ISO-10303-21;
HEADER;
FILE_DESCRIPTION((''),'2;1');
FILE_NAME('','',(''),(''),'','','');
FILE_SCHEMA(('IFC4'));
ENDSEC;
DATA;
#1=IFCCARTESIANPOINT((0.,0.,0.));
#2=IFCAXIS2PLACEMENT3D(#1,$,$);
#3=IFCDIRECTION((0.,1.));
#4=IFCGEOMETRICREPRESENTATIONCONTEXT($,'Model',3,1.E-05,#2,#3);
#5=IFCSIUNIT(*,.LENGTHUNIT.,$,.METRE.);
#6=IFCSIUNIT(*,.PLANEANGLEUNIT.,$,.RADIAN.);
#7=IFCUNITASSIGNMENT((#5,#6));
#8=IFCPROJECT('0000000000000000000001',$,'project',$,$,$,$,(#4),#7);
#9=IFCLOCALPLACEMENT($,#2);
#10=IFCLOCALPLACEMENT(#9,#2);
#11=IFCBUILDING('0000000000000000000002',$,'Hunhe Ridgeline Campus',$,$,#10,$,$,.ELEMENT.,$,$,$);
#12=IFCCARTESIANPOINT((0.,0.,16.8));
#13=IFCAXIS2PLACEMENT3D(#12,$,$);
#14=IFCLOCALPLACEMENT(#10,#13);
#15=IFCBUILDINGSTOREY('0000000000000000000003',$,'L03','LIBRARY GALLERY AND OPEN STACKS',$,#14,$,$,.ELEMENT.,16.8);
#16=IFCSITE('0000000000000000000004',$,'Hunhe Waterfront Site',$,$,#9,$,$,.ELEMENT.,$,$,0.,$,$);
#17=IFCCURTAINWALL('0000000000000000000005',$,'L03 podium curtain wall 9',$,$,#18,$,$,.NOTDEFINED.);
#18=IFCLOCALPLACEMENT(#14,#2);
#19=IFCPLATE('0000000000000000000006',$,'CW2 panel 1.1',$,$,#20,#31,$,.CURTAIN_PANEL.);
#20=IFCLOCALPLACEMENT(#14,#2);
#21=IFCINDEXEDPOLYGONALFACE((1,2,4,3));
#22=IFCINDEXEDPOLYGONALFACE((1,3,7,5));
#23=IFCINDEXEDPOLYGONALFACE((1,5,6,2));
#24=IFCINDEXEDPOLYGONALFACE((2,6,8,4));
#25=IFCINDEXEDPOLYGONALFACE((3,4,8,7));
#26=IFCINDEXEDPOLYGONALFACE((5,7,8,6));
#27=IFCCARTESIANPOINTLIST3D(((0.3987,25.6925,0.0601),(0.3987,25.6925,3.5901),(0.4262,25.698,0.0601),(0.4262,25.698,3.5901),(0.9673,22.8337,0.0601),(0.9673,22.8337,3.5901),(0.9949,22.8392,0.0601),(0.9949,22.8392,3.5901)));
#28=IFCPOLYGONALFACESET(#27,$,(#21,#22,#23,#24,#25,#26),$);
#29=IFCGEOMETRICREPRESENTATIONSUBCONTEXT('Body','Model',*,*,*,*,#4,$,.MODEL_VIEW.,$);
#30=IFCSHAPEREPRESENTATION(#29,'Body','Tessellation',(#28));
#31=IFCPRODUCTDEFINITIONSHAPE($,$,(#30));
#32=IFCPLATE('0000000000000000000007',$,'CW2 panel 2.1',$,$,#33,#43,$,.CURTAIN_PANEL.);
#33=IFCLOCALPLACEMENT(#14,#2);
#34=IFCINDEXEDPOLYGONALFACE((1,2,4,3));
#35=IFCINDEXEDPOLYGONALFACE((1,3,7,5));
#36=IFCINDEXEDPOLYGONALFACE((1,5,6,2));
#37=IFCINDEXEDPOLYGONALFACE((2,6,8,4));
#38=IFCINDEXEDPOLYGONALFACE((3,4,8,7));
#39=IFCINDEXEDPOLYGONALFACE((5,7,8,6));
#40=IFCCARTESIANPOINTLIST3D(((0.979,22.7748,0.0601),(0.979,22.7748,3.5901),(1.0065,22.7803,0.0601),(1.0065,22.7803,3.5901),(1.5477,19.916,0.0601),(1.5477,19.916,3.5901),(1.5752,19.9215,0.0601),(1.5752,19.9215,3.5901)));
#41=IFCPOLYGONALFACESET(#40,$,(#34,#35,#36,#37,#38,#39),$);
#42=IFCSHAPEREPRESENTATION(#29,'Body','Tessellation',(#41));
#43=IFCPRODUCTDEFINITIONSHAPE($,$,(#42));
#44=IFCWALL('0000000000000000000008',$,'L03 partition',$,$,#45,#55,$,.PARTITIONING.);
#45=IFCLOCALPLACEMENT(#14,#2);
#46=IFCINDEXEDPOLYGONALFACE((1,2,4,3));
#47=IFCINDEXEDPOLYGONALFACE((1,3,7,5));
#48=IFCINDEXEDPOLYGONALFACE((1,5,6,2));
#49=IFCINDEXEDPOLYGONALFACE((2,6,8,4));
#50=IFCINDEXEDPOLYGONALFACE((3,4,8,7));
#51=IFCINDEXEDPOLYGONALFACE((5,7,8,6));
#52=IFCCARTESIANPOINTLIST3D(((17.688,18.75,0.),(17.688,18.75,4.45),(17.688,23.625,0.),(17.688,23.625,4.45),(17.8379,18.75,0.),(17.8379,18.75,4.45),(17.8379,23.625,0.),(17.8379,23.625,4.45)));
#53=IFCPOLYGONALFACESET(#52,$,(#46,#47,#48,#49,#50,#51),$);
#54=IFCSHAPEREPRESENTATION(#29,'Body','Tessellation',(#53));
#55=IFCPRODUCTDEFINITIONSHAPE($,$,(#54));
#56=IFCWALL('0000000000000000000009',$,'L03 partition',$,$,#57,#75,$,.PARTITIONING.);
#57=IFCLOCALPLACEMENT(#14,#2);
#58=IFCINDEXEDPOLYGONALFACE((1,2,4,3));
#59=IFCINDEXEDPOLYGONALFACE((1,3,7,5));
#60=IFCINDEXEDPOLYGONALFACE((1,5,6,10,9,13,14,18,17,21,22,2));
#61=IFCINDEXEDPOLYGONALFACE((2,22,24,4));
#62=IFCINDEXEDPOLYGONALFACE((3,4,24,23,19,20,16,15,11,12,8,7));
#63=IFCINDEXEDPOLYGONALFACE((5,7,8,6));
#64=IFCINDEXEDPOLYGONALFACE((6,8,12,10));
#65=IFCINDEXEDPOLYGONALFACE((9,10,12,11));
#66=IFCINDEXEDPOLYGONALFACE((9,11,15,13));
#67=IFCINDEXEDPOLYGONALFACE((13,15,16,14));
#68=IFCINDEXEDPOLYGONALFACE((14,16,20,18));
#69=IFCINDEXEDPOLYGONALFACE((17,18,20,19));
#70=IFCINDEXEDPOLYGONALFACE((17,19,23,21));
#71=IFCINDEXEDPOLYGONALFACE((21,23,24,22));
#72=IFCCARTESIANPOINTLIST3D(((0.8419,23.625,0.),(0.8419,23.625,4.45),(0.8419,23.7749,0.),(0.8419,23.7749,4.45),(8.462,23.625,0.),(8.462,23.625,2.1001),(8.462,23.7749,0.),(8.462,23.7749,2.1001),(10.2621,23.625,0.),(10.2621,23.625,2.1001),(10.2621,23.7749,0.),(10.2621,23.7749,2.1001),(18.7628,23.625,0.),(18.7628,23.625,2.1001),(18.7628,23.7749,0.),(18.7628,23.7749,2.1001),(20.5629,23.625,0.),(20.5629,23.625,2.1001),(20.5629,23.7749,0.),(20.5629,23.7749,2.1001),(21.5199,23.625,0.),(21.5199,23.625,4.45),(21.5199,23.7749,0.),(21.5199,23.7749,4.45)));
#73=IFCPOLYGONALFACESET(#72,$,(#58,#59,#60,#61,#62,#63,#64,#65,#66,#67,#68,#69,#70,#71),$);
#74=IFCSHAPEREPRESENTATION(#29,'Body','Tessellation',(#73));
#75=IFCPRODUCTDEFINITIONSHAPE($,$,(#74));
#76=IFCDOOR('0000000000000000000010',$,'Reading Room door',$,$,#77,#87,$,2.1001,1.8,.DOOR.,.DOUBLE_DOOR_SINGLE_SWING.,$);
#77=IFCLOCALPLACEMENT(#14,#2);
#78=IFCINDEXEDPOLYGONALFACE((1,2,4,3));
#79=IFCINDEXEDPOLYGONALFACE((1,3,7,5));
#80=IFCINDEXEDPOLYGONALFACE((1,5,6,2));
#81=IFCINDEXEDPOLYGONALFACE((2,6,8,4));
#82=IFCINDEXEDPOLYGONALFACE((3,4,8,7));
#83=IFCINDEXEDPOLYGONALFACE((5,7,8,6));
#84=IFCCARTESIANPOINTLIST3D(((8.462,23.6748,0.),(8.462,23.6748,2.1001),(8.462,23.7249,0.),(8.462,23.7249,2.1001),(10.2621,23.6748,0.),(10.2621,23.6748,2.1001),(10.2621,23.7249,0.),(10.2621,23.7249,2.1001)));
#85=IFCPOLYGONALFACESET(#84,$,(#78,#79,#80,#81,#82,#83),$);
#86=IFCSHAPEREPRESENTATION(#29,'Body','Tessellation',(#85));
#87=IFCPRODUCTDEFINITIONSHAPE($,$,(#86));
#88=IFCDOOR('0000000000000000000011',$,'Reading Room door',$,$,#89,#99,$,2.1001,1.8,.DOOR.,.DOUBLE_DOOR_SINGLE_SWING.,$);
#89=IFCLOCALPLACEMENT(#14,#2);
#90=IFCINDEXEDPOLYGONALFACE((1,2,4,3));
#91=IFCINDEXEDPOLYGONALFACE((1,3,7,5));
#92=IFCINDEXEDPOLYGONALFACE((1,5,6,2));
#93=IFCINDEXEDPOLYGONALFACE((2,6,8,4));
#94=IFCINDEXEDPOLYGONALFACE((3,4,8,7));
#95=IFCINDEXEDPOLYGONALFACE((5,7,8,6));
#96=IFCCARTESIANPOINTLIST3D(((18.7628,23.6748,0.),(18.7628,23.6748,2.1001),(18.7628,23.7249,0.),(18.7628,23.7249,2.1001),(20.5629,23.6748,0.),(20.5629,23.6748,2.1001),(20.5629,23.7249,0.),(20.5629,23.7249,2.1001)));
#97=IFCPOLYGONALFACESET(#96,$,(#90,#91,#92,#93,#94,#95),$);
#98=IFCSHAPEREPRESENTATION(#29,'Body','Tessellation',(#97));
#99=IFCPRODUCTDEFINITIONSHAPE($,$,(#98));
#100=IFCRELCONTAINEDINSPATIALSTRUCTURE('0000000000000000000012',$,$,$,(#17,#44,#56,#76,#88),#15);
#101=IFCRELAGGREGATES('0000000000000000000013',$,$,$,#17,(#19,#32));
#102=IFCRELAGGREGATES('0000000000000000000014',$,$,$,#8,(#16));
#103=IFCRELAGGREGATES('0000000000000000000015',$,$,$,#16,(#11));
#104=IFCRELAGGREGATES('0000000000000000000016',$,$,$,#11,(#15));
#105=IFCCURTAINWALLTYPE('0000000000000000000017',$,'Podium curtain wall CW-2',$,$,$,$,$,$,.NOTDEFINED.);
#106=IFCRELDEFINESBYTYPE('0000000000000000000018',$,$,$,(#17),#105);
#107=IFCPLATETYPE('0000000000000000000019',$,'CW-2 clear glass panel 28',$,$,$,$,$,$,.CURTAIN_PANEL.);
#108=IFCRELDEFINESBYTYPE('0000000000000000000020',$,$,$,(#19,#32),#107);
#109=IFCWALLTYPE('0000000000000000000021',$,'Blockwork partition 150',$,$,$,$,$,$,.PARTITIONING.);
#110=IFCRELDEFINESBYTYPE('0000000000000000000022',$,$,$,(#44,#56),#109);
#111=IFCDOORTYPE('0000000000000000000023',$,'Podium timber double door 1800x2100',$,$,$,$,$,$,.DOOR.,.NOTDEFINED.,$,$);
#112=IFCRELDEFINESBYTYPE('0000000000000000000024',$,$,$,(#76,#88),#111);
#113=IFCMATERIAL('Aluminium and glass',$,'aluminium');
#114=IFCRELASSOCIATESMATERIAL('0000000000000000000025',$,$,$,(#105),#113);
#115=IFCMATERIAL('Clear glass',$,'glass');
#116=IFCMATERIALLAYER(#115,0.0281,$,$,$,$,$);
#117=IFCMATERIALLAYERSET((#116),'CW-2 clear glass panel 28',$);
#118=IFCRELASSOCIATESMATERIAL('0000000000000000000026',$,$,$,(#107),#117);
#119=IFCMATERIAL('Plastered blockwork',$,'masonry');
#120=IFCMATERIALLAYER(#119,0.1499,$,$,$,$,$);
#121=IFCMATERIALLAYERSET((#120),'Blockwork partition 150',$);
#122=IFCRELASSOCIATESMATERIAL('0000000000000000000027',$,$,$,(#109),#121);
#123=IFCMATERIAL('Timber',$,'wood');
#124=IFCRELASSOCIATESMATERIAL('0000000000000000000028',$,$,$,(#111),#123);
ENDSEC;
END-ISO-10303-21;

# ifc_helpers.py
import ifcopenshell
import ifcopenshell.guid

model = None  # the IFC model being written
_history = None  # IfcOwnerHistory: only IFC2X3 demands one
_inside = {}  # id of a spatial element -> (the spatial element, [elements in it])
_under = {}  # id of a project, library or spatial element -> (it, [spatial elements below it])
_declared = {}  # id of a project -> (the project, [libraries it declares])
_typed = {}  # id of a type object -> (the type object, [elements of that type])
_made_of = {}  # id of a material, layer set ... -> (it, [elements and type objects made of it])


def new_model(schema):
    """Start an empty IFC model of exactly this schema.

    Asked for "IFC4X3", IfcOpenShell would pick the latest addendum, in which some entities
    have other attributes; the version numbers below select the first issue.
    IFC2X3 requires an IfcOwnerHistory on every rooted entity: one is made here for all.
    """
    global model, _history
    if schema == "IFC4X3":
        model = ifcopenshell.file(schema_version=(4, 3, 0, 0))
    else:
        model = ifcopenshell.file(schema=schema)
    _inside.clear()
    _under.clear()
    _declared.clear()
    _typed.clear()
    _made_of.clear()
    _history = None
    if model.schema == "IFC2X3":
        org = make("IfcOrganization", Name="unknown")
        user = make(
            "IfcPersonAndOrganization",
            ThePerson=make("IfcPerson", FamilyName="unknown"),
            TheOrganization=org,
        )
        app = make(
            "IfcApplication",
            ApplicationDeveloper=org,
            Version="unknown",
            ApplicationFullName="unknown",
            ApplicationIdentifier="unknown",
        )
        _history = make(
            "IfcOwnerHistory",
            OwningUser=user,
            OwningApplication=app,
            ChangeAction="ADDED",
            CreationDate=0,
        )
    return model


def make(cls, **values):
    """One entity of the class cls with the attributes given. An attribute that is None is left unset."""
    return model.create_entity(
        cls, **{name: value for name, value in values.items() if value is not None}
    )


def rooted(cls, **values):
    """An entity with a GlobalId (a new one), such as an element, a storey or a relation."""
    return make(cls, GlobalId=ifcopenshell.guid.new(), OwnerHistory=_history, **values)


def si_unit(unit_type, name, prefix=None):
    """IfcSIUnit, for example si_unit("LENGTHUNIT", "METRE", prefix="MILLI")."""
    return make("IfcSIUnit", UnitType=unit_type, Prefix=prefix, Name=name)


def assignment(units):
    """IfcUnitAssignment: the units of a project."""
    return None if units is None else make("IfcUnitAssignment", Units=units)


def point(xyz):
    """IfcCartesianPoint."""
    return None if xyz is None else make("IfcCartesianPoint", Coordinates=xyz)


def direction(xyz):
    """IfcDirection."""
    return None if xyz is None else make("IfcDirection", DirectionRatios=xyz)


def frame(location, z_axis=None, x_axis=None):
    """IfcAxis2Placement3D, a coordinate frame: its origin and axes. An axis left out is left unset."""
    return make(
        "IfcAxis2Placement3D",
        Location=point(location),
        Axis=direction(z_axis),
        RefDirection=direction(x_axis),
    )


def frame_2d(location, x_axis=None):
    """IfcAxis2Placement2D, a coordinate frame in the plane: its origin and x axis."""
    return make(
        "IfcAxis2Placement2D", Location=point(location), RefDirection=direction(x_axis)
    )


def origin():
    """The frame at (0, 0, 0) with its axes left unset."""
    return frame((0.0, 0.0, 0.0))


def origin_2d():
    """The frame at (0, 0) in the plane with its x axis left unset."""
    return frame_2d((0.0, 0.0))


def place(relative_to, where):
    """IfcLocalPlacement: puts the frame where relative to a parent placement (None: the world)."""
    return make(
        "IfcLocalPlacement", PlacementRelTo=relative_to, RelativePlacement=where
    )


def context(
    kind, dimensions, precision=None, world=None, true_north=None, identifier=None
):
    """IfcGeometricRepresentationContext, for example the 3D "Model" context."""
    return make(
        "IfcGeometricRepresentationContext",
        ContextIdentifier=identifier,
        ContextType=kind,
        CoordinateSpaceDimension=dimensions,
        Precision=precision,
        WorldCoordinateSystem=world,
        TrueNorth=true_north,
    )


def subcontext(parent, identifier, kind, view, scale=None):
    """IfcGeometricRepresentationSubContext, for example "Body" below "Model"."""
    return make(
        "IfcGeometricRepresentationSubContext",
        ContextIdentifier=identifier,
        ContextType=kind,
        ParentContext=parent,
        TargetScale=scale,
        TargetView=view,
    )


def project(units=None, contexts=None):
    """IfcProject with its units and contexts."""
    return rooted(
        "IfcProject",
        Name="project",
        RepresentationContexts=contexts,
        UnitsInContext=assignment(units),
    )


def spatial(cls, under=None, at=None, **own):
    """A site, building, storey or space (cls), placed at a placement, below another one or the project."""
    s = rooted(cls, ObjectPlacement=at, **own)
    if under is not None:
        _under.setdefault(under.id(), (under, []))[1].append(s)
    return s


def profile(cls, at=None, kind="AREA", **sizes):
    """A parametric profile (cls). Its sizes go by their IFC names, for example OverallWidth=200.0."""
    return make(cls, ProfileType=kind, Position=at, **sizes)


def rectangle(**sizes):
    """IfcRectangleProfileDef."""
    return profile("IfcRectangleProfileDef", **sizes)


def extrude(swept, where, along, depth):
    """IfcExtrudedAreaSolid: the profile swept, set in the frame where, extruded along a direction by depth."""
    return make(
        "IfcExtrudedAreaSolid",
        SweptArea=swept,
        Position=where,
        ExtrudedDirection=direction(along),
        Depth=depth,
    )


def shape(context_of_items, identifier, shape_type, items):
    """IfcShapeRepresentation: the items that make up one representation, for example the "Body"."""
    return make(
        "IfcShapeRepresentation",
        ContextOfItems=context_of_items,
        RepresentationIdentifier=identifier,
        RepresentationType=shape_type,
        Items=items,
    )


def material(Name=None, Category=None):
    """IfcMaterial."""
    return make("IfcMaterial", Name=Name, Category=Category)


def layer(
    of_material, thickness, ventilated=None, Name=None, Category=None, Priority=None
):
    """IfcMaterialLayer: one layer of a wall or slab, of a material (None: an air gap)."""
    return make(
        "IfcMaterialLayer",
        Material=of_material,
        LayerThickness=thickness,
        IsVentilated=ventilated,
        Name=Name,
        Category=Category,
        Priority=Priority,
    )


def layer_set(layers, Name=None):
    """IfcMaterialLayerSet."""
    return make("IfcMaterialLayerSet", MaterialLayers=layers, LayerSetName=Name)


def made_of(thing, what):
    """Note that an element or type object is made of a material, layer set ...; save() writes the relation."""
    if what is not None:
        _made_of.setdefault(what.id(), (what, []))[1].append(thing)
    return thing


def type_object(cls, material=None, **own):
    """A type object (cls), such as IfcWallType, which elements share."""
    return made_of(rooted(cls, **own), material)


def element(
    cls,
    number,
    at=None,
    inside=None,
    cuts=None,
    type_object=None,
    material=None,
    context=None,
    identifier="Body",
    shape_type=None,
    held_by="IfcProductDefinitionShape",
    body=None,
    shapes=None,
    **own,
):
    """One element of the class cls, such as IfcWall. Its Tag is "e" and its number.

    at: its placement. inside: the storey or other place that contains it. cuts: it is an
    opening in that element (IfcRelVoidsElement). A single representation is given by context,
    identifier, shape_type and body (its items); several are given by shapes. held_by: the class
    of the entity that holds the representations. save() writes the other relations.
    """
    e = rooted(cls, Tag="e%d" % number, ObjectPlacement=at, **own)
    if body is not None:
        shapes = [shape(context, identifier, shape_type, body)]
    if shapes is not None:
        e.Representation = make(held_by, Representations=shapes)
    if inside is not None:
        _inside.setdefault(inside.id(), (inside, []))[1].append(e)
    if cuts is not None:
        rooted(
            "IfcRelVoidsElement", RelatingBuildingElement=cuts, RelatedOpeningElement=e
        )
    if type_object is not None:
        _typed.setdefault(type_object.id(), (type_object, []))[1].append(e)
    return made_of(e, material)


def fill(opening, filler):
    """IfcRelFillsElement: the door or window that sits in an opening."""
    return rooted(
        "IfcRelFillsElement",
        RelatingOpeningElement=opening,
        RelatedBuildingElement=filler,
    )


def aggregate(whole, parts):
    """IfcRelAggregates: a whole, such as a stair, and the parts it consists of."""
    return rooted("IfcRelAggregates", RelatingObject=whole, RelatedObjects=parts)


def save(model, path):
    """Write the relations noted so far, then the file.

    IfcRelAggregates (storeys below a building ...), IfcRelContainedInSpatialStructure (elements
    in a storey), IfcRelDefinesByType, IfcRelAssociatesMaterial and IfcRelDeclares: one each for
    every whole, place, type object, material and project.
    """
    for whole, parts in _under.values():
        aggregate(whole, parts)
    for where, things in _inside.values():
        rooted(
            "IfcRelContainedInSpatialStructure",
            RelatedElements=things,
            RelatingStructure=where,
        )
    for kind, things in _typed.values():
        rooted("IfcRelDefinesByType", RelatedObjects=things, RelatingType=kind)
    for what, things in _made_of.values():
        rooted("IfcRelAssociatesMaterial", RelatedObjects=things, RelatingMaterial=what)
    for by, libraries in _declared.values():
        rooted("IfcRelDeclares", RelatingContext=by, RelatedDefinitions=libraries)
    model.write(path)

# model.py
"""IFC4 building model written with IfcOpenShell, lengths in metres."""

from ifc_helpers import new_model, si_unit, direction, frame, frame_2d, origin, origin_2d, place, context, subcontext, project, spatial, rectangle, extrude, material, layer, layer_set, type_object, element, fill, aggregate, save


model = new_model("IFC4")

# Units and contexts
model_context = context("Model", 3, precision=1e-05, world=origin(), true_north=direction((0.0, 1.0)))
body_context = subcontext(model_context, "Body", "Model", "MODEL_VIEW")
ifc_project = project(units=[si_unit("LENGTHUNIT", "METRE"), si_unit("PLANEANGLEUNIT", "RADIAN")], contexts=[model_context])

# Site, building, storey
site_placement = place(None, origin())
site = spatial("IfcSite", under=ifc_project, at=site_placement, Name="Hunhe Waterfront Site", CompositionType="ELEMENT", RefElevation=0.0)
building_placement = place(site_placement, origin())
building = spatial("IfcBuilding", under=site, at=building_placement, Name="Hunhe Ridgeline Campus", CompositionType="ELEMENT")
storey_placement = place(building_placement, frame((0.0, 0.0, 16.8)))
storey = spatial("IfcBuildingStorey", under=building, at=storey_placement, Name="L03", Description="LIBRARY GALLERY AND OPEN STACKS", CompositionType="ELEMENT", Elevation=16.8)

# Curtain wall
ifc_material_1 = material(Name="Aluminium and glass", Category="aluminium")
curtain_wall_type = type_object("IfcCurtainWallType", Name="Podium curtain wall CW-2", PredefinedType="NOTDEFINED", material=ifc_material_1)
curtain_wall_1_placement = place(storey_placement, origin())
curtain_wall_1 = element("IfcCurtainWall", 1, at=curtain_wall_1_placement, inside=storey, type_object=curtain_wall_type, Name="L03 podium curtain wall 9", PredefinedType="NOTDEFINED")

# Plates
ifc_material_2 = material(Name="Clear glass", Category="glass")
ifc_layer_1 = layer(ifc_material_2, 0.0281)
ifc_layer_set_1 = layer_set([ifc_layer_1], Name="CW-2 clear glass panel 28")
plate_type = type_object("IfcPlateType", Name="CW-2 clear glass panel 28", PredefinedType="CURTAIN_PANEL", material=ifc_layer_set_1)
plate_1_placement = place(storey_placement, frame((0.6968, 24.2659, 0.0601), z_axis=(0.0, 0.0, 1.0), x_axis=(0.195098, -0.980784, 0.0)))
plate_1 = element("IfcPlate", 2, at=plate_1_placement, type_object=plate_type, Name="CW2 panel 1.1", PredefinedType="CURTAIN_PANEL", context=body_context, shape_type="SweptSolid", body=[
    extrude(rectangle(XDim=2.9148, YDim=0.0281, at=origin_2d()), origin(), (0.0, 0.0, 1.0), 3.53),
])
plate_2_placement = place(storey_placement, frame((1.2771, 21.3481, 0.0601), z_axis=(0.0, 0.0, 1.0), x_axis=(0.195098, -0.980784, 0.0)))
plate_2 = element("IfcPlate", 3, at=plate_2_placement, type_object=plate_type, Name="CW2 panel 2.1", PredefinedType="CURTAIN_PANEL", context=body_context, shape_type="SweptSolid", body=[
    extrude(rectangle(XDim=2.9148, YDim=0.0281, at=origin_2d()), origin(), (0.0, 0.0, 1.0), 3.53),
])
aggregate(curtain_wall_1, [plate_1, plate_2])

# Wall
ifc_material_3 = material(Name="Plastered blockwork", Category="masonry")
ifc_layer_2 = layer(ifc_material_3, 0.1499)
ifc_layer_set_2 = layer_set([ifc_layer_2], Name="Blockwork partition 150")
wall_type = type_object("IfcWallType", Name="Blockwork partition 150", PredefinedType="PARTITIONING", material=ifc_layer_set_2)
wall_1_placement = place(storey_placement, frame((17.7629, 18.75, 0.0), z_axis=(0.0, 0.0, 1.0), x_axis=(0.0, 1.0, 0.0)))
element("IfcWall", 4, at=wall_1_placement, inside=storey, type_object=wall_type, Name="L03 partition", PredefinedType="PARTITIONING", context=body_context, shape_type="SweptSolid", body=[
    extrude(rectangle(XDim=4.875, YDim=0.1499, at=frame_2d((2.4375, 0.0))), origin(), (0.0, 0.0, 1.0), 4.45),
])

# Wall, openings, doors
wall_2_placement = place(storey_placement, frame((0.842, 23.7, 0.0), z_axis=(0.0, 0.0, 1.0), x_axis=(1.0, 0.0, 0.0)))
wall_2 = element("IfcWall", 5, at=wall_2_placement, inside=storey, type_object=wall_type, Name="L03 partition", PredefinedType="PARTITIONING", context=body_context, shape_type="SweptSolid", body=[
    extrude(rectangle(XDim=20.678, YDim=0.1499, at=frame_2d((10.3389, 0.0))), origin(), (0.0, 0.0, 1.0), 4.45),
])
opening_1_placement = place(wall_2_placement, frame((7.6201, 0.0, 0.0)))
opening_1 = element("IfcOpeningElement", 6, at=opening_1_placement, cuts=wall_2, PredefinedType="OPENING", context=body_context, shape_type="SweptSolid", body=[
    extrude(rectangle(XDim=1.8, YDim=2.1001, at=frame_2d((0.8999, 1.05))), frame((0.0, 0.075, 0.0), z_axis=(0.0, -1.0, 0.0), x_axis=(1.0, 0.0, 0.0)), (0.0, 0.0, 1.0), 0.1499),
])
opening_2_placement = place(wall_2_placement, frame((17.9209, 0.0, 0.0)))
opening_2 = element("IfcOpeningElement", 7, at=opening_2_placement, cuts=wall_2, PredefinedType="OPENING", context=body_context, shape_type="SweptSolid", body=[
    extrude(rectangle(XDim=1.8, YDim=2.1001, at=frame_2d((0.8999, 1.05))), frame((0.0, 0.075, 0.0), z_axis=(0.0, -1.0, 0.0), x_axis=(1.0, 0.0, 0.0)), (0.0, 0.0, 1.0), 0.1499),
])
ifc_material_4 = material(Name="Timber", Category="wood")
door_type = type_object("IfcDoorType", Name="Podium timber double door 1800x2100", OperationType="NOTDEFINED", PredefinedType="DOOR", material=ifc_material_4)
door_1_placement = place(opening_1_placement, origin())
door_1 = element("IfcDoor", 8, at=door_1_placement, inside=storey, type_object=door_type, Name="Reading Room door", OperationType="DOUBLE_DOOR_SINGLE_SWING", OverallHeight=2.1001, OverallWidth=1.8, PredefinedType="DOOR", context=body_context, shape_type="SweptSolid", body=[
    extrude(rectangle(XDim=1.8, YDim=2.1001, at=frame_2d((0.8999, 1.05))), frame((0.0, 0.0249, 0.0), z_axis=(0.0, -1.0, 0.0), x_axis=(1.0, 0.0, 0.0)), (0.0, 0.0, 1.0), 0.05),
])
fill(opening_1, door_1)
door_2_placement = place(opening_2_placement, origin())
door_2 = element("IfcDoor", 9, at=door_2_placement, inside=storey, type_object=door_type, Name="Reading Room door", OperationType="DOUBLE_DOOR_SINGLE_SWING", OverallHeight=2.1001, OverallWidth=1.8, PredefinedType="DOOR", context=body_context, shape_type="SweptSolid", body=[
    extrude(rectangle(XDim=1.8, YDim=2.1001, at=frame_2d((0.8999, 1.05))), frame((0.0, 0.0249, 0.0), z_axis=(0.0, -1.0, 0.0), x_axis=(1.0, 0.0, 0.0)), (0.0, 0.0, 1.0), 0.05),
])
fill(opening_2, door_2)

save(model, "model.ifc")
